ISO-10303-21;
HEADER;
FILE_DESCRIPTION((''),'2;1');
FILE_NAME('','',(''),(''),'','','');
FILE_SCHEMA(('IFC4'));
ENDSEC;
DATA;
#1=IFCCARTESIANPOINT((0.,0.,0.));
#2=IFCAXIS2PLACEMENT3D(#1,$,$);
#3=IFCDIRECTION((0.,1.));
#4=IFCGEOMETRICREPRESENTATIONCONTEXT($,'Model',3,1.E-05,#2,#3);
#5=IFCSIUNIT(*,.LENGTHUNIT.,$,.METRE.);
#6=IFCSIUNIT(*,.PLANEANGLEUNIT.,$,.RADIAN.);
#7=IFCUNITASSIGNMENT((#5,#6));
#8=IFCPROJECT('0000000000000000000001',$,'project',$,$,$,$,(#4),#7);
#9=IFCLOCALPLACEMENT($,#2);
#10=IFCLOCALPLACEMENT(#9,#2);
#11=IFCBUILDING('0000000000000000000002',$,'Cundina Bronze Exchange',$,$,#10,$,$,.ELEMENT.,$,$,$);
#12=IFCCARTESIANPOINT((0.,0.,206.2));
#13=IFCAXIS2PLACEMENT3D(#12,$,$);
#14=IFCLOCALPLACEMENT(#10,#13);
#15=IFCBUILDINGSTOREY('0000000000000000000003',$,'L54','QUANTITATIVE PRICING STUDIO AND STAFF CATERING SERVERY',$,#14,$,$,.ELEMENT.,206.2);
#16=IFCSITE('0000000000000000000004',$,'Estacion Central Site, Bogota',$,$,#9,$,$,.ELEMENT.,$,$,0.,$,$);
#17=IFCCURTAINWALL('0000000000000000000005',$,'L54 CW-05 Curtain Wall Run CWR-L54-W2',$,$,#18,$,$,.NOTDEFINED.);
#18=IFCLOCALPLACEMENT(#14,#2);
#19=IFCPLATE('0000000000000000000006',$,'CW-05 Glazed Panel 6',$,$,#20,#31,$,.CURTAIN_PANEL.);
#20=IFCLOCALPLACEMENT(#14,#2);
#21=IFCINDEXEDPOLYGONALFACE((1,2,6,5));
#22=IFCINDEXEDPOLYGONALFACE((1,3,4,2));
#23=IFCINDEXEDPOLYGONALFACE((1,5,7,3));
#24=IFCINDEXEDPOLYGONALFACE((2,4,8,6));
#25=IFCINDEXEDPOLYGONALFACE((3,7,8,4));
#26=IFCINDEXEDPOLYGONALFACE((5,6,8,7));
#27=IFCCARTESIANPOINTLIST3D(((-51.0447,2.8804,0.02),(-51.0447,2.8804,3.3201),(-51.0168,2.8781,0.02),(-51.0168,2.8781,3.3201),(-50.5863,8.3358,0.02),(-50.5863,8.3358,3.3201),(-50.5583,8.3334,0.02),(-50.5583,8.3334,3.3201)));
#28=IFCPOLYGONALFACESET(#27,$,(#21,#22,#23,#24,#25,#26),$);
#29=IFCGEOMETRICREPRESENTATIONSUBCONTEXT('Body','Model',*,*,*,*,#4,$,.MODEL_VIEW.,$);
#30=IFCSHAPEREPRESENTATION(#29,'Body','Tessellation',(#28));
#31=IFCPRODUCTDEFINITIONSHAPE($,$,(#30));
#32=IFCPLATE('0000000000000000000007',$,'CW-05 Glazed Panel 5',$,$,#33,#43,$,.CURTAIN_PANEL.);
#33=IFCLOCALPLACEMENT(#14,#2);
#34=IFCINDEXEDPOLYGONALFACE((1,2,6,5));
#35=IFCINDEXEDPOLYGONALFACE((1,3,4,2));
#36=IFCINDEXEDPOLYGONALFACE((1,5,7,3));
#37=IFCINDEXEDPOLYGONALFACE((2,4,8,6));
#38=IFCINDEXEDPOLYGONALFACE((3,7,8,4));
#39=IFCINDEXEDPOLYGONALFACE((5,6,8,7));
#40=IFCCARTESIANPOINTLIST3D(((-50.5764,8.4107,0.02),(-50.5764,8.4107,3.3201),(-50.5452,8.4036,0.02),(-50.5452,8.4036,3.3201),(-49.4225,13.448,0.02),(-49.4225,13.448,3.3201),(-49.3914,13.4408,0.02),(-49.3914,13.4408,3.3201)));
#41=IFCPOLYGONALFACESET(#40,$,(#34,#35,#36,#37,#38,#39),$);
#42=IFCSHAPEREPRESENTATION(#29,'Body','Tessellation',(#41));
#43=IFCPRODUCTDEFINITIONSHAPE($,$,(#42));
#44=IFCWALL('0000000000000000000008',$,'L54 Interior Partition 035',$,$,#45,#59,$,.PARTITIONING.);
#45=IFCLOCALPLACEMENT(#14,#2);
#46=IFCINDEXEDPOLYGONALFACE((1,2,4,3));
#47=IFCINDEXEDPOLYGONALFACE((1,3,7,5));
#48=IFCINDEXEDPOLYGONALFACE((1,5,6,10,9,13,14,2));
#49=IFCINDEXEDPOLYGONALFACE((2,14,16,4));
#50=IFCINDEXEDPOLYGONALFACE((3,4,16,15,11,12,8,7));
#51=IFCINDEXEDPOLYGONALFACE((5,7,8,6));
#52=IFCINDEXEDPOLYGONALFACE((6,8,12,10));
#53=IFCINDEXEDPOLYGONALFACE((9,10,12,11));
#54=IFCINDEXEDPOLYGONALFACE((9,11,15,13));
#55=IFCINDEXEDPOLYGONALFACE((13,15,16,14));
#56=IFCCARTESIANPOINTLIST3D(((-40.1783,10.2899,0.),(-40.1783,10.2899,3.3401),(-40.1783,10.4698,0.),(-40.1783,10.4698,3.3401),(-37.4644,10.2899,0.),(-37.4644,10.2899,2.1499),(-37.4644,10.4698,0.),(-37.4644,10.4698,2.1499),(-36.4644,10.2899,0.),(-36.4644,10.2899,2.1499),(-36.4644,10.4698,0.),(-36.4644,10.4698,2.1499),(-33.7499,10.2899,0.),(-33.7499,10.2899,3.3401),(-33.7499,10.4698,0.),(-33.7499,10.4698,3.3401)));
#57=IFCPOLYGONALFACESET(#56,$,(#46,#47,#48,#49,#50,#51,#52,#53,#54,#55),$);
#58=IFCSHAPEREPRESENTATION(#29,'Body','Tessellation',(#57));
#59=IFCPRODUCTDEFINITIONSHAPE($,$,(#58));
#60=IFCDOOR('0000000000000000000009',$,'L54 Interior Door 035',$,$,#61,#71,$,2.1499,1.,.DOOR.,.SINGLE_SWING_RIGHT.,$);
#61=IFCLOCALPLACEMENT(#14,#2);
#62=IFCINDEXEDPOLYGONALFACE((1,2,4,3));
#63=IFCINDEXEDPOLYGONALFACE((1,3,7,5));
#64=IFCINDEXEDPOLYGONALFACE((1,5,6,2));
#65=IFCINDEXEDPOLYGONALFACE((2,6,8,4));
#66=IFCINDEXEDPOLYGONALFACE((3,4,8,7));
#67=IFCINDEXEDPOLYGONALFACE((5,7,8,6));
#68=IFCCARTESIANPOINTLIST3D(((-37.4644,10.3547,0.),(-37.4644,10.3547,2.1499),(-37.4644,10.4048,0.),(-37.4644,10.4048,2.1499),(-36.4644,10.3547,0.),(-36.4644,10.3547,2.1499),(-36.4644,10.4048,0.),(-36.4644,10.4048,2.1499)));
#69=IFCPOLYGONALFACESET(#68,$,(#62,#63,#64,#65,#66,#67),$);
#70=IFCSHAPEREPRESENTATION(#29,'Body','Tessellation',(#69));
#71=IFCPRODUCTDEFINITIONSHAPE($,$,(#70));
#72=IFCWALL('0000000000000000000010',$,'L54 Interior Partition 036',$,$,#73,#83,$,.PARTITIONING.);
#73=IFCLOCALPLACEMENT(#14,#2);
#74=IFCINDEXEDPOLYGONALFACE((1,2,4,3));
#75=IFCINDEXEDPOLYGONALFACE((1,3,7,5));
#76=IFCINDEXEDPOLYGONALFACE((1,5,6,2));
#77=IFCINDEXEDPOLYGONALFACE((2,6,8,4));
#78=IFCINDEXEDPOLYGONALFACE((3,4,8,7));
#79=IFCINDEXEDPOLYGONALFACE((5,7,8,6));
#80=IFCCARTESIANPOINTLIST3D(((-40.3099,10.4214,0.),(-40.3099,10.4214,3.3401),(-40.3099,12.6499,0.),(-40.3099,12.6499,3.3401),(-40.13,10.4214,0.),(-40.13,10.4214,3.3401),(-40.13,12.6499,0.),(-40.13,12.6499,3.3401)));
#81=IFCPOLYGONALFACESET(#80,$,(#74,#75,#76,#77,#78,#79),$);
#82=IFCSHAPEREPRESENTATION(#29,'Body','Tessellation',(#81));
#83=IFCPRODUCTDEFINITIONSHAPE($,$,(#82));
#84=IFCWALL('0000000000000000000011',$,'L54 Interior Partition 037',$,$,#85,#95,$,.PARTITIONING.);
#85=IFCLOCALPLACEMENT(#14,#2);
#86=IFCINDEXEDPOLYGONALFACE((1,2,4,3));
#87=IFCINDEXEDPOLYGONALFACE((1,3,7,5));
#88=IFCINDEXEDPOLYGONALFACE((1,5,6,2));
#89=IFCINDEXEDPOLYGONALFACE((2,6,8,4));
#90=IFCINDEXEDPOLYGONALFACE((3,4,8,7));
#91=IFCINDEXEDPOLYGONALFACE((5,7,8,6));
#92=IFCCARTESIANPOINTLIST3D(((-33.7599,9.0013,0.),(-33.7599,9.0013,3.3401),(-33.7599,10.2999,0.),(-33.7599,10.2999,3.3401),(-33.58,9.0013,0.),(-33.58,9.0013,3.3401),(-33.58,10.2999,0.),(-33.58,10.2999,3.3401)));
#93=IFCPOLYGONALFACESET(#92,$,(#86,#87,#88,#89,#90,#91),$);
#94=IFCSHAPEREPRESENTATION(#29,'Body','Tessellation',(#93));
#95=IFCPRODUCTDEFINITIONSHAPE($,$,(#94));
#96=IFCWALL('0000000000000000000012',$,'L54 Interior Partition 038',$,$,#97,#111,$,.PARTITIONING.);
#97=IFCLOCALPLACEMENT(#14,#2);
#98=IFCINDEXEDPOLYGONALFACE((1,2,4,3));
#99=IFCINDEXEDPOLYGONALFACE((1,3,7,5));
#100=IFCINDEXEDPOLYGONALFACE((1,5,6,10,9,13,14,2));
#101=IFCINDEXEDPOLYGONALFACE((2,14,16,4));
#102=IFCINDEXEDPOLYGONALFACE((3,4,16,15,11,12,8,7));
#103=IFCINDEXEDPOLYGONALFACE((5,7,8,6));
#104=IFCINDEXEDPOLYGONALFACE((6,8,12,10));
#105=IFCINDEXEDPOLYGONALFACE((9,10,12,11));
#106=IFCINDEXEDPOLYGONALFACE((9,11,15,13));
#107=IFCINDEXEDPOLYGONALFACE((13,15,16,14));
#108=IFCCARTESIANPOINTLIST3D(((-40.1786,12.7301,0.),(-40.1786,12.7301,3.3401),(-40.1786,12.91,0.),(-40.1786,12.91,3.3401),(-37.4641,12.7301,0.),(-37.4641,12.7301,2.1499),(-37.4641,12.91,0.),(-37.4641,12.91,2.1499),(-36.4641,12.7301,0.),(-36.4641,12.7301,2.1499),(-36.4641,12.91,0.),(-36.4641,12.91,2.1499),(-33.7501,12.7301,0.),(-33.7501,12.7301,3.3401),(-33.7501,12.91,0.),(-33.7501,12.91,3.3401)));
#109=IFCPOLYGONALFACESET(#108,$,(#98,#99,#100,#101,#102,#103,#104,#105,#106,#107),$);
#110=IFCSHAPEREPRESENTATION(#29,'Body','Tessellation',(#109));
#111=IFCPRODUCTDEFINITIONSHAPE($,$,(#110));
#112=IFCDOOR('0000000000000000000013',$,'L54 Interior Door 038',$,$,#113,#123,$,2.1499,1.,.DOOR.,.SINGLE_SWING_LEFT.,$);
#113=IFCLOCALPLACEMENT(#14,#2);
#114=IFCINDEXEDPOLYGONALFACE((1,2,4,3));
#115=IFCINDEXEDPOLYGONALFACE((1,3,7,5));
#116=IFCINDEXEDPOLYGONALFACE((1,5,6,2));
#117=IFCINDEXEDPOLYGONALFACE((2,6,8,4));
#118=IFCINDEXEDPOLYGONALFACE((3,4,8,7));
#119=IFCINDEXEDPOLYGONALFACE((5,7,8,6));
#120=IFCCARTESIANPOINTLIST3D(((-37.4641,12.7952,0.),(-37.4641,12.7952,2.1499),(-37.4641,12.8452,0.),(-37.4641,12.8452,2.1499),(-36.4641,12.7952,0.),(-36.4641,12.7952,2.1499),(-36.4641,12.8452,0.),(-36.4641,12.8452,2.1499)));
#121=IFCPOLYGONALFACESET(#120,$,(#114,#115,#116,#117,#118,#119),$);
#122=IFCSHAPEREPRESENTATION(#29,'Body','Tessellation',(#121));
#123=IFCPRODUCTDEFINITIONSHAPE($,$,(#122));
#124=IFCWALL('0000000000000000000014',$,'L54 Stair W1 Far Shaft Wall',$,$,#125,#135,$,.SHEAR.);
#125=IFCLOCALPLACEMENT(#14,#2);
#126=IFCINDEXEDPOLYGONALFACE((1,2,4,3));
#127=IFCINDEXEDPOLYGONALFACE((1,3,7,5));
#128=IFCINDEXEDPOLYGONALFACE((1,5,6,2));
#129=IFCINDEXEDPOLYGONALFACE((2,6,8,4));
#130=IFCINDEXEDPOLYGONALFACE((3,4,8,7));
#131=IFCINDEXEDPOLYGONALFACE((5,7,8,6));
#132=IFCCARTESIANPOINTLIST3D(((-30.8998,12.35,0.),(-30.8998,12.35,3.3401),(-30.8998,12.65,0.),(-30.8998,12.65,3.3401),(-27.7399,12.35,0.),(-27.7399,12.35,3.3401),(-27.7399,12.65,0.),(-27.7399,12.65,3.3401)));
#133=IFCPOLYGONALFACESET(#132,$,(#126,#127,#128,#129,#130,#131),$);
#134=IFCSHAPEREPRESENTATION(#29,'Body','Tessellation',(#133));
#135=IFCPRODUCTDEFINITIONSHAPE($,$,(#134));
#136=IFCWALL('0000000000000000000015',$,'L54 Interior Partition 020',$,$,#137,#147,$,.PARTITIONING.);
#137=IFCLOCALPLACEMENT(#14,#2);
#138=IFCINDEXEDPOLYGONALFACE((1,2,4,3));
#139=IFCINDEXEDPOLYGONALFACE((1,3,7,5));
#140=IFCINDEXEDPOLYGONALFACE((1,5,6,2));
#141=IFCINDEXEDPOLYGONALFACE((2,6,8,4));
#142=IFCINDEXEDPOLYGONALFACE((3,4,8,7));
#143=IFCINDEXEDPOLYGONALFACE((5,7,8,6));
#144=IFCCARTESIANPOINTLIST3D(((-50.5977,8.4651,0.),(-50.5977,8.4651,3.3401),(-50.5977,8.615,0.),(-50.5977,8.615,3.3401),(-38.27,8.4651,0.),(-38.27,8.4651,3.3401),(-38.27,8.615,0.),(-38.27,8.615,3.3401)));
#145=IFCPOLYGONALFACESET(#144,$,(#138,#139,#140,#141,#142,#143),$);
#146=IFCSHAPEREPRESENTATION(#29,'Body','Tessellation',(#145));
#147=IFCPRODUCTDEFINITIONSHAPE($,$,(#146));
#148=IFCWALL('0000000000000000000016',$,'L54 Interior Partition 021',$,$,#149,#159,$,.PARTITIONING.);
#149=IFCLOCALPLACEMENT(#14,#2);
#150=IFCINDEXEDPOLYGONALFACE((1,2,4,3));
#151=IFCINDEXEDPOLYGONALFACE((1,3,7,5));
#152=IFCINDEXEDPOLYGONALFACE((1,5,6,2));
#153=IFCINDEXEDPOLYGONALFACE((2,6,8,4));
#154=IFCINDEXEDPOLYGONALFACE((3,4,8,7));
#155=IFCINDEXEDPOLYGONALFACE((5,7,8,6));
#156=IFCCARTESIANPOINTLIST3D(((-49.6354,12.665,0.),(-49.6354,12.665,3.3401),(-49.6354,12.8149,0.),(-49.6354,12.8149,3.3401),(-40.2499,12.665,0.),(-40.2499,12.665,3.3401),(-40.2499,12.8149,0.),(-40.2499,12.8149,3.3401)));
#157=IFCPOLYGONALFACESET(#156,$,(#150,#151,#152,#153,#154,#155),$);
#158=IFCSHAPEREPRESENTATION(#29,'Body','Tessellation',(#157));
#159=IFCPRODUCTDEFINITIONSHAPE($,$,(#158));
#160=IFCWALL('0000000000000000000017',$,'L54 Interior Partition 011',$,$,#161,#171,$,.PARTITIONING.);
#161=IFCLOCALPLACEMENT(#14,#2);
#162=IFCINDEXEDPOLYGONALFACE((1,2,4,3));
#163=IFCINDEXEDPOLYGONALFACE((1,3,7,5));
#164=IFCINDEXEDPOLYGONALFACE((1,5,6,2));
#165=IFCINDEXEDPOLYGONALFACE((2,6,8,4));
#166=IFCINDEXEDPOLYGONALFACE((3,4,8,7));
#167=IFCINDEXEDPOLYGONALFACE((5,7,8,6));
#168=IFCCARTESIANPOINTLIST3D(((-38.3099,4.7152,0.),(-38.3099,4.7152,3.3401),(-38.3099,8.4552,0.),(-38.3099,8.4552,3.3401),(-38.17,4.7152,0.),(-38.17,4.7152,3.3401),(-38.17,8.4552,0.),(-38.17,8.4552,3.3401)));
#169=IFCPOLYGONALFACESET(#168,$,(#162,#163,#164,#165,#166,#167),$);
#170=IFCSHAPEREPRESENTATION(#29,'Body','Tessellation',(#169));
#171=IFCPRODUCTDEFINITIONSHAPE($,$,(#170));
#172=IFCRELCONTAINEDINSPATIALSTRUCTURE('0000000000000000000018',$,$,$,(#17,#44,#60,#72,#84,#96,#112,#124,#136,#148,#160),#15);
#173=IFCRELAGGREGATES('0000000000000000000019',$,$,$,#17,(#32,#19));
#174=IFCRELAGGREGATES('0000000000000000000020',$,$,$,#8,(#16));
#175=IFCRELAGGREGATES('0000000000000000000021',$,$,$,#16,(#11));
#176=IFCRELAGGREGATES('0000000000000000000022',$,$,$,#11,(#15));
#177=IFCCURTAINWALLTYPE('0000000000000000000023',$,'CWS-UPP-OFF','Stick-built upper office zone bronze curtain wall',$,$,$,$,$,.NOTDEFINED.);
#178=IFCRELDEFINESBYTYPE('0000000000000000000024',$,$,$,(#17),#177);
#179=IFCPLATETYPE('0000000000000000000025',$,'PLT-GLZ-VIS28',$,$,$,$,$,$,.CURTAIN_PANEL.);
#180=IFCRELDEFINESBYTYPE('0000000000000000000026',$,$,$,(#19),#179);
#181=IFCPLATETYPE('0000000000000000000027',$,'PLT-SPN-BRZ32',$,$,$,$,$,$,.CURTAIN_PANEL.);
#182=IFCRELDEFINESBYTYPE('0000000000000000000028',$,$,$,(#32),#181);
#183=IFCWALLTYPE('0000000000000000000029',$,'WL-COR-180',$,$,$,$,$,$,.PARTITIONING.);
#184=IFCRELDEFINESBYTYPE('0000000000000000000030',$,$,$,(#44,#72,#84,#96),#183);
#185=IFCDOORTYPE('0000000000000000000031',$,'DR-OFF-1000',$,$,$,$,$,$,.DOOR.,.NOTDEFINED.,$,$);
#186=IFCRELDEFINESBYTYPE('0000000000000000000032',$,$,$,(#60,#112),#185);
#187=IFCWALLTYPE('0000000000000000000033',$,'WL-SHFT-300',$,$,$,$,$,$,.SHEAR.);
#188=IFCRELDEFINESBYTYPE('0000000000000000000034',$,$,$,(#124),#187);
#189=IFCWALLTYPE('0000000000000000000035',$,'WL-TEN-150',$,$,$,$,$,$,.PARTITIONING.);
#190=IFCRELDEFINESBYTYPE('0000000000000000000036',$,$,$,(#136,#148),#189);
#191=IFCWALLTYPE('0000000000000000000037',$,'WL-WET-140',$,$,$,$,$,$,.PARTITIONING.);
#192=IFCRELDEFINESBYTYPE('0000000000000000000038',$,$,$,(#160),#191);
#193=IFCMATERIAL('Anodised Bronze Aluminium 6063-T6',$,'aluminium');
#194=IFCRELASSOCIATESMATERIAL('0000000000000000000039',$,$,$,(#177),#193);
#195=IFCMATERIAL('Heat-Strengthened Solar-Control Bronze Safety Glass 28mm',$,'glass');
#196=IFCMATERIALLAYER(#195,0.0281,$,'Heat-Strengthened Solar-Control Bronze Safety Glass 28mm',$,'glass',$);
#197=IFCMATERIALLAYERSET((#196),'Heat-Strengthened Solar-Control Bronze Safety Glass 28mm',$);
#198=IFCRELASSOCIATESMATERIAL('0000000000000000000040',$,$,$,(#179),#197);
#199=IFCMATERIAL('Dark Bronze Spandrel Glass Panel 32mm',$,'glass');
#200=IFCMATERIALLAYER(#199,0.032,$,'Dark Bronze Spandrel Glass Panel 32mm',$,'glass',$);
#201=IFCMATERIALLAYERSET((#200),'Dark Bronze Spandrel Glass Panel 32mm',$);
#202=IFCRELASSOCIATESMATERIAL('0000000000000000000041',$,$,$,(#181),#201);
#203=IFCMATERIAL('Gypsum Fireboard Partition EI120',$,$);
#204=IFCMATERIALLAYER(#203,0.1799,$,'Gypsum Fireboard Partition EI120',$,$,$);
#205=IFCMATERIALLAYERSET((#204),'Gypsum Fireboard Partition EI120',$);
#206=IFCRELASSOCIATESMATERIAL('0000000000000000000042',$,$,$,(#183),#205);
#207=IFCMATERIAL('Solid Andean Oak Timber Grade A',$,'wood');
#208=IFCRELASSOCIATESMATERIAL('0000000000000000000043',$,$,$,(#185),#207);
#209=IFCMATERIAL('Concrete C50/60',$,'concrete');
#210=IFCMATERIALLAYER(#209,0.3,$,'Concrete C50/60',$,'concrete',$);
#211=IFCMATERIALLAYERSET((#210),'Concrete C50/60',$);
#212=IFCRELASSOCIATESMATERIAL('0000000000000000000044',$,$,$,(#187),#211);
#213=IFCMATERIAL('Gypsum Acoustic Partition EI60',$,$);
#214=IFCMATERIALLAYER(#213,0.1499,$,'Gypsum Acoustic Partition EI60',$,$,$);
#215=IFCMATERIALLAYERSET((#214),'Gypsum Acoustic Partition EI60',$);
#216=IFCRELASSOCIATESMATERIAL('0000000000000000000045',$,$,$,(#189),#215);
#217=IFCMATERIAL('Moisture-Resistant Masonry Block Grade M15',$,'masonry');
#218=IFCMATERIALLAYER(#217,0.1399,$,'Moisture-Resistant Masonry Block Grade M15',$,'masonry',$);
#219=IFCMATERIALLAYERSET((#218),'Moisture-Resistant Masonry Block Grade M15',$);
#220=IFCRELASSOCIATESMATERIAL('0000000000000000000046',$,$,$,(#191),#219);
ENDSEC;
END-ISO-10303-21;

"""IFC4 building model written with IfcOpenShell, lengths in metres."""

from ifc_helpers import new_model, si_unit, direction, frame, frame_2d, origin, origin_2d, place, context, subcontext, project, spatial, rectangle, extrude, material, layer, layer_set, type_object, element, fill, aggregate, save


model = new_model("IFC4")

# Units and contexts
model_context = context("Model", 3, precision=1e-05, world=origin(), true_north=direction((0.0, 1.0)))
body_context = subcontext(model_context, "Body", "Model", "MODEL_VIEW")
ifc_project = project(units=[si_unit("LENGTHUNIT", "METRE"), si_unit("PLANEANGLEUNIT", "RADIAN")], contexts=[model_context])

# Site, building, storey
site_placement = place(None, origin())
site = spatial("IfcSite", under=ifc_project, at=site_placement, Name="Estacion Central Site, Bogota", CompositionType="ELEMENT", RefElevation=0.0)
building_placement = place(site_placement, origin())
building = spatial("IfcBuilding", under=site, at=building_placement, Name="Cundina Bronze Exchange", CompositionType="ELEMENT")
storey_placement = place(building_placement, frame((0.0, 0.0, 206.2)))
storey = spatial("IfcBuildingStorey", under=building, at=storey_placement, Name="L54", Description="QUANTITATIVE PRICING STUDIO AND STAFF CATERING SERVERY", CompositionType="ELEMENT", Elevation=206.2)

# Shared definitions
ifc_material_1 = material(Name="Concrete C50/60", Category="concrete")

# Curtain wall, plates
ifc_material_2 = material(Name="Anodised Bronze Aluminium 6063-T6", Category="aluminium")
curtain_wall_type = type_object("IfcCurtainWallType", Name="CWS-UPP-OFF", Description="Stick-built upper office zone bronze curtain wall", PredefinedType="NOTDEFINED", material=ifc_material_2)
curtain_wall_placement = place(storey_placement, origin())
curtain_wall = element("IfcCurtainWall", 1, at=curtain_wall_placement, inside=storey, type_object=curtain_wall_type, Name="L54 CW-05 Curtain Wall Run CWR-L54-W2", PredefinedType="NOTDEFINED")
ifc_material_3 = material(Name="Heat-Strengthened Solar-Control Bronze Safety Glass 28mm", Category="glass")
ifc_layer_1 = layer(ifc_material_3, 0.0281, Name="Heat-Strengthened Solar-Control Bronze Safety Glass 28mm", Category="glass")
ifc_layer_set_1 = layer_set([ifc_layer_1], Name="Heat-Strengthened Solar-Control Bronze Safety Glass 28mm")
plate_type_1 = type_object("IfcPlateType", Name="PLT-GLZ-VIS28", PredefinedType="CURTAIN_PANEL", material=ifc_layer_set_1)
plate_1_placement = place(storey_placement, frame((-50.8015, 5.6069, 0.02), z_axis=(0.0, 0.0, 1.0), x_axis=(-0.083747, -0.996487, 0.0)))
plate_1 = element("IfcPlate", 2, at=plate_1_placement, type_object=plate_type_1, Name="CW-05 Glazed Panel 6", PredefinedType="CURTAIN_PANEL", context=body_context, shape_type="SweptSolid", body=[
    extrude(rectangle(XDim=5.4746, YDim=0.0281, at=origin_2d()), origin(), (0.0, 0.0, 1.0), 3.3),
])
ifc_material_4 = material(Name="Dark Bronze Spandrel Glass Panel 32mm", Category="glass")
ifc_layer_2 = layer(ifc_material_4, 0.032, Name="Dark Bronze Spandrel Glass Panel 32mm", Category="glass")
ifc_layer_set_2 = layer_set([ifc_layer_2], Name="Dark Bronze Spandrel Glass Panel 32mm")
plate_type_2 = type_object("IfcPlateType", Name="PLT-SPN-BRZ32", PredefinedType="CURTAIN_PANEL", material=ifc_layer_set_2)
plate_2_placement = place(storey_placement, frame((-49.9839, 10.9258, 0.02), z_axis=(0.0, 0.0, 1.0), x_axis=(-0.223284, -0.974753, 0.0)))
plate_2 = element("IfcPlate", 3, at=plate_2_placement, type_object=plate_type_2, Name="CW-05 Glazed Panel 5", PredefinedType="CURTAIN_PANEL", context=body_context, shape_type="SweptSolid", body=[
    extrude(rectangle(XDim=5.1677, YDim=0.032, at=origin_2d()), origin(), (0.0, 0.0, 1.0), 3.3),
])
aggregate(curtain_wall, [plate_2, plate_1])

# Wall, opening, door
ifc_material_5 = material(Name="Gypsum Fireboard Partition EI120")
ifc_layer_3 = layer(ifc_material_5, 0.1799, Name="Gypsum Fireboard Partition EI120")
ifc_layer_set_3 = layer_set([ifc_layer_3], Name="Gypsum Fireboard Partition EI120")
wall_type_1 = type_object("IfcWallType", Name="WL-COR-180", PredefinedType="PARTITIONING", material=ifc_layer_set_3)
ifc_material_6 = material(Name="Solid Andean Oak Timber Grade A", Category="wood")
door_type_1 = type_object("IfcDoorType", Name="DR-OFF-1000", OperationType="NOTDEFINED", PredefinedType="DOOR", material=ifc_material_6)
wall_1_placement = place(storey_placement, frame((-40.1785, 10.3799, 0.0), z_axis=(0.0, 0.0, 1.0), x_axis=(1.0, 0.0, 0.0)))
wall_1 = element("IfcWall", 4, at=wall_1_placement, inside=storey, type_object=wall_type_1, Name="L54 Interior Partition 035", PredefinedType="PARTITIONING", context=body_context, shape_type="SweptSolid", body=[
    extrude(rectangle(XDim=6.4285, YDim=0.1799, at=frame_2d((3.2144, 0.0))), origin(), (0.0, 0.0, 1.0), 3.3401),
])
opening_1_placement = place(wall_1_placement, frame((2.7141, 0.0, 0.0)))
opening_1 = element("IfcOpeningElement", 5, at=opening_1_placement, cuts=wall_1, PredefinedType="OPENING", context=body_context, shape_type="SweptSolid", body=[
    extrude(rectangle(XDim=1.0, YDim=2.1499, at=frame_2d((0.5, 1.075))), frame((0.0, 0.0999, 0.0), z_axis=(0.0, -1.0, 0.0), x_axis=(1.0, 0.0, 0.0)), (0.0, 0.0, 1.0), 0.2),
])
door_1_placement = place(opening_1_placement, origin())
door_1 = element("IfcDoor", 6, at=door_1_placement, inside=storey, type_object=door_type_1, Name="L54 Interior Door 035", OperationType="SINGLE_SWING_RIGHT", OverallHeight=2.1499, OverallWidth=1.0, PredefinedType="DOOR", context=body_context, shape_type="SweptSolid", body=[
    extrude(rectangle(XDim=1.0, YDim=2.1499, at=frame_2d((0.5, 1.075))), frame((0.0, 0.0249, 0.0), z_axis=(0.0, -1.0, 0.0), x_axis=(1.0, 0.0, 0.0)), (0.0, 0.0, 1.0), 0.05),
])
fill(opening_1, door_1)

# Walls
wall_2_placement = place(storey_placement, frame((-40.22, 12.6499, 0.0), z_axis=(0.0, 0.0, 1.0), x_axis=(0.0, -1.0, 0.0)))
element("IfcWall", 7, at=wall_2_placement, inside=storey, type_object=wall_type_1, Name="L54 Interior Partition 036", PredefinedType="PARTITIONING", context=body_context, shape_type="SweptSolid", body=[
    extrude(rectangle(XDim=2.2285, YDim=0.1799, at=frame_2d((1.1143, 0.0))), origin(), (0.0, 0.0, 1.0), 3.3401),
])
wall_3_placement = place(storey_placement, frame((-33.6699, 10.3, 0.0), z_axis=(0.0, 0.0, 1.0), x_axis=(0.0, -1.0, 0.0)))
element("IfcWall", 8, at=wall_3_placement, inside=storey, type_object=wall_type_1, Name="L54 Interior Partition 037", PredefinedType="PARTITIONING", context=body_context, shape_type="SweptSolid", body=[
    extrude(rectangle(XDim=1.2986, YDim=0.1799, at=frame_2d((0.6494, 0.0))), origin(), (0.0, 0.0, 1.0), 3.3401),
])

# Wall, opening, door
wall_4_placement = place(storey_placement, frame((-33.75, 12.8201, 0.0), z_axis=(0.0, 0.0, 1.0), x_axis=(-1.0, 0.0, 0.0)))
wall_4 = element("IfcWall", 9, at=wall_4_placement, inside=storey, type_object=wall_type_1, Name="L54 Interior Partition 038", PredefinedType="PARTITIONING", context=body_context, shape_type="SweptSolid", body=[
    extrude(rectangle(XDim=6.4285, YDim=0.1799, at=frame_2d((3.2144, 0.0))), origin(), (0.0, 0.0, 1.0), 3.3401),
])
opening_2_placement = place(wall_4_placement, frame((2.7141, 0.0, 0.0)))
opening_2 = element("IfcOpeningElement", 10, at=opening_2_placement, cuts=wall_4, PredefinedType="OPENING", context=body_context, shape_type="SweptSolid", body=[
    extrude(rectangle(XDim=1.0, YDim=2.1499, at=frame_2d((0.5, 1.075))), frame((0.0, 0.0999, 0.0), z_axis=(0.0, -1.0, 0.0), x_axis=(1.0, 0.0, 0.0)), (0.0, 0.0, 1.0), 0.2),
])
door_2_placement = place(opening_2_placement, origin())
door_2 = element("IfcDoor", 11, at=door_2_placement, inside=storey, type_object=door_type_1, Name="L54 Interior Door 038", OperationType="SINGLE_SWING_LEFT", OverallHeight=2.1499, OverallWidth=1.0, PredefinedType="DOOR", context=body_context, shape_type="SweptSolid", body=[
    extrude(rectangle(XDim=1.0, YDim=2.1499, at=frame_2d((0.5, 1.075))), frame((0.0, 0.0249, 0.0), z_axis=(0.0, -1.0, 0.0), x_axis=(1.0, 0.0, 0.0)), (0.0, 0.0, 1.0), 0.05),
])
fill(opening_2, door_2)
ifc_layer_4 = layer(ifc_material_1, 0.3, Name="Concrete C50/60", Category="concrete")
ifc_layer_set_4 = layer_set([ifc_layer_4], Name="Concrete C50/60")
wall_type_2 = type_object("IfcWallType", Name="WL-SHFT-300", PredefinedType="SHEAR", material=ifc_layer_set_4)

# Walls
wall_5_placement = place(storey_placement, frame((-30.8999, 12.5, 0.0), z_axis=(0.0, 0.0, 1.0), x_axis=(1.0, 0.0, 0.0)))
element("IfcWall", 12, at=wall_5_placement, inside=storey, type_object=wall_type_2, Name="L54 Stair W1 Far Shaft Wall", PredefinedType="SHEAR", context=body_context, shape_type="SweptSolid", body=[
    extrude(rectangle(XDim=3.1599, YDim=0.3, at=frame_2d((1.5801, 0.0))), origin(), (0.0, 0.0, 1.0), 3.3401),
])
ifc_material_7 = material(Name="Gypsum Acoustic Partition EI60")
ifc_layer_5 = layer(ifc_material_7, 0.1499, Name="Gypsum Acoustic Partition EI60")
ifc_layer_set_5 = layer_set([ifc_layer_5], Name="Gypsum Acoustic Partition EI60")
wall_type_3 = type_object("IfcWallType", Name="WL-TEN-150", PredefinedType="PARTITIONING", material=ifc_layer_set_5)
wall_6_placement = place(storey_placement, frame((-50.5977, 8.54, 0.0), z_axis=(0.0, 0.0, 1.0), x_axis=(1.0, 0.0, 0.0)))
element("IfcWall", 13, at=wall_6_placement, inside=storey, type_object=wall_type_3, Name="L54 Interior Partition 020", PredefinedType="PARTITIONING", context=body_context, shape_type="SweptSolid", body=[
    extrude(rectangle(XDim=12.3276, YDim=0.1499, at=frame_2d((6.1638, 0.0))), origin(), (0.0, 0.0, 1.0), 3.3401),
])
wall_7_placement = place(storey_placement, frame((-49.6355, 12.74, 0.0), z_axis=(0.0, 0.0, 1.0), x_axis=(1.0, 0.0, 0.0)))
element("IfcWall", 14, at=wall_7_placement, inside=storey, type_object=wall_type_3, Name="L54 Interior Partition 021", PredefinedType="PARTITIONING", context=body_context, shape_type="SweptSolid", body=[
    extrude(rectangle(XDim=9.3855, YDim=0.1499, at=frame_2d((4.6929, 0.0))), origin(), (0.0, 0.0, 1.0), 3.3401),
])
ifc_material_8 = material(Name="Moisture-Resistant Masonry Block Grade M15", Category="masonry")
ifc_layer_6 = layer(ifc_material_8, 0.1399, Name="Moisture-Resistant Masonry Block Grade M15", Category="masonry")
ifc_layer_set_6 = layer_set([ifc_layer_6], Name="Moisture-Resistant Masonry Block Grade M15")
wall_type_4 = type_object("IfcWallType", Name="WL-WET-140", PredefinedType="PARTITIONING", material=ifc_layer_set_6)
wall_8_placement = place(storey_placement, frame((-38.24, 4.7151, 0.0), z_axis=(0.0, 0.0, 1.0), x_axis=(0.0, 1.0, 0.0)))
element("IfcWall", 15, at=wall_8_placement, inside=storey, type_object=wall_type_4, Name="L54 Interior Partition 011", PredefinedType="PARTITIONING", context=body_context, shape_type="SweptSolid", body=[
    extrude(rectangle(XDim=3.74, YDim=0.1399, at=frame_2d((1.8701, 0.0))), origin(), (0.0, 0.0, 1.0), 3.3401),
])

save(model, "model.ifc")
